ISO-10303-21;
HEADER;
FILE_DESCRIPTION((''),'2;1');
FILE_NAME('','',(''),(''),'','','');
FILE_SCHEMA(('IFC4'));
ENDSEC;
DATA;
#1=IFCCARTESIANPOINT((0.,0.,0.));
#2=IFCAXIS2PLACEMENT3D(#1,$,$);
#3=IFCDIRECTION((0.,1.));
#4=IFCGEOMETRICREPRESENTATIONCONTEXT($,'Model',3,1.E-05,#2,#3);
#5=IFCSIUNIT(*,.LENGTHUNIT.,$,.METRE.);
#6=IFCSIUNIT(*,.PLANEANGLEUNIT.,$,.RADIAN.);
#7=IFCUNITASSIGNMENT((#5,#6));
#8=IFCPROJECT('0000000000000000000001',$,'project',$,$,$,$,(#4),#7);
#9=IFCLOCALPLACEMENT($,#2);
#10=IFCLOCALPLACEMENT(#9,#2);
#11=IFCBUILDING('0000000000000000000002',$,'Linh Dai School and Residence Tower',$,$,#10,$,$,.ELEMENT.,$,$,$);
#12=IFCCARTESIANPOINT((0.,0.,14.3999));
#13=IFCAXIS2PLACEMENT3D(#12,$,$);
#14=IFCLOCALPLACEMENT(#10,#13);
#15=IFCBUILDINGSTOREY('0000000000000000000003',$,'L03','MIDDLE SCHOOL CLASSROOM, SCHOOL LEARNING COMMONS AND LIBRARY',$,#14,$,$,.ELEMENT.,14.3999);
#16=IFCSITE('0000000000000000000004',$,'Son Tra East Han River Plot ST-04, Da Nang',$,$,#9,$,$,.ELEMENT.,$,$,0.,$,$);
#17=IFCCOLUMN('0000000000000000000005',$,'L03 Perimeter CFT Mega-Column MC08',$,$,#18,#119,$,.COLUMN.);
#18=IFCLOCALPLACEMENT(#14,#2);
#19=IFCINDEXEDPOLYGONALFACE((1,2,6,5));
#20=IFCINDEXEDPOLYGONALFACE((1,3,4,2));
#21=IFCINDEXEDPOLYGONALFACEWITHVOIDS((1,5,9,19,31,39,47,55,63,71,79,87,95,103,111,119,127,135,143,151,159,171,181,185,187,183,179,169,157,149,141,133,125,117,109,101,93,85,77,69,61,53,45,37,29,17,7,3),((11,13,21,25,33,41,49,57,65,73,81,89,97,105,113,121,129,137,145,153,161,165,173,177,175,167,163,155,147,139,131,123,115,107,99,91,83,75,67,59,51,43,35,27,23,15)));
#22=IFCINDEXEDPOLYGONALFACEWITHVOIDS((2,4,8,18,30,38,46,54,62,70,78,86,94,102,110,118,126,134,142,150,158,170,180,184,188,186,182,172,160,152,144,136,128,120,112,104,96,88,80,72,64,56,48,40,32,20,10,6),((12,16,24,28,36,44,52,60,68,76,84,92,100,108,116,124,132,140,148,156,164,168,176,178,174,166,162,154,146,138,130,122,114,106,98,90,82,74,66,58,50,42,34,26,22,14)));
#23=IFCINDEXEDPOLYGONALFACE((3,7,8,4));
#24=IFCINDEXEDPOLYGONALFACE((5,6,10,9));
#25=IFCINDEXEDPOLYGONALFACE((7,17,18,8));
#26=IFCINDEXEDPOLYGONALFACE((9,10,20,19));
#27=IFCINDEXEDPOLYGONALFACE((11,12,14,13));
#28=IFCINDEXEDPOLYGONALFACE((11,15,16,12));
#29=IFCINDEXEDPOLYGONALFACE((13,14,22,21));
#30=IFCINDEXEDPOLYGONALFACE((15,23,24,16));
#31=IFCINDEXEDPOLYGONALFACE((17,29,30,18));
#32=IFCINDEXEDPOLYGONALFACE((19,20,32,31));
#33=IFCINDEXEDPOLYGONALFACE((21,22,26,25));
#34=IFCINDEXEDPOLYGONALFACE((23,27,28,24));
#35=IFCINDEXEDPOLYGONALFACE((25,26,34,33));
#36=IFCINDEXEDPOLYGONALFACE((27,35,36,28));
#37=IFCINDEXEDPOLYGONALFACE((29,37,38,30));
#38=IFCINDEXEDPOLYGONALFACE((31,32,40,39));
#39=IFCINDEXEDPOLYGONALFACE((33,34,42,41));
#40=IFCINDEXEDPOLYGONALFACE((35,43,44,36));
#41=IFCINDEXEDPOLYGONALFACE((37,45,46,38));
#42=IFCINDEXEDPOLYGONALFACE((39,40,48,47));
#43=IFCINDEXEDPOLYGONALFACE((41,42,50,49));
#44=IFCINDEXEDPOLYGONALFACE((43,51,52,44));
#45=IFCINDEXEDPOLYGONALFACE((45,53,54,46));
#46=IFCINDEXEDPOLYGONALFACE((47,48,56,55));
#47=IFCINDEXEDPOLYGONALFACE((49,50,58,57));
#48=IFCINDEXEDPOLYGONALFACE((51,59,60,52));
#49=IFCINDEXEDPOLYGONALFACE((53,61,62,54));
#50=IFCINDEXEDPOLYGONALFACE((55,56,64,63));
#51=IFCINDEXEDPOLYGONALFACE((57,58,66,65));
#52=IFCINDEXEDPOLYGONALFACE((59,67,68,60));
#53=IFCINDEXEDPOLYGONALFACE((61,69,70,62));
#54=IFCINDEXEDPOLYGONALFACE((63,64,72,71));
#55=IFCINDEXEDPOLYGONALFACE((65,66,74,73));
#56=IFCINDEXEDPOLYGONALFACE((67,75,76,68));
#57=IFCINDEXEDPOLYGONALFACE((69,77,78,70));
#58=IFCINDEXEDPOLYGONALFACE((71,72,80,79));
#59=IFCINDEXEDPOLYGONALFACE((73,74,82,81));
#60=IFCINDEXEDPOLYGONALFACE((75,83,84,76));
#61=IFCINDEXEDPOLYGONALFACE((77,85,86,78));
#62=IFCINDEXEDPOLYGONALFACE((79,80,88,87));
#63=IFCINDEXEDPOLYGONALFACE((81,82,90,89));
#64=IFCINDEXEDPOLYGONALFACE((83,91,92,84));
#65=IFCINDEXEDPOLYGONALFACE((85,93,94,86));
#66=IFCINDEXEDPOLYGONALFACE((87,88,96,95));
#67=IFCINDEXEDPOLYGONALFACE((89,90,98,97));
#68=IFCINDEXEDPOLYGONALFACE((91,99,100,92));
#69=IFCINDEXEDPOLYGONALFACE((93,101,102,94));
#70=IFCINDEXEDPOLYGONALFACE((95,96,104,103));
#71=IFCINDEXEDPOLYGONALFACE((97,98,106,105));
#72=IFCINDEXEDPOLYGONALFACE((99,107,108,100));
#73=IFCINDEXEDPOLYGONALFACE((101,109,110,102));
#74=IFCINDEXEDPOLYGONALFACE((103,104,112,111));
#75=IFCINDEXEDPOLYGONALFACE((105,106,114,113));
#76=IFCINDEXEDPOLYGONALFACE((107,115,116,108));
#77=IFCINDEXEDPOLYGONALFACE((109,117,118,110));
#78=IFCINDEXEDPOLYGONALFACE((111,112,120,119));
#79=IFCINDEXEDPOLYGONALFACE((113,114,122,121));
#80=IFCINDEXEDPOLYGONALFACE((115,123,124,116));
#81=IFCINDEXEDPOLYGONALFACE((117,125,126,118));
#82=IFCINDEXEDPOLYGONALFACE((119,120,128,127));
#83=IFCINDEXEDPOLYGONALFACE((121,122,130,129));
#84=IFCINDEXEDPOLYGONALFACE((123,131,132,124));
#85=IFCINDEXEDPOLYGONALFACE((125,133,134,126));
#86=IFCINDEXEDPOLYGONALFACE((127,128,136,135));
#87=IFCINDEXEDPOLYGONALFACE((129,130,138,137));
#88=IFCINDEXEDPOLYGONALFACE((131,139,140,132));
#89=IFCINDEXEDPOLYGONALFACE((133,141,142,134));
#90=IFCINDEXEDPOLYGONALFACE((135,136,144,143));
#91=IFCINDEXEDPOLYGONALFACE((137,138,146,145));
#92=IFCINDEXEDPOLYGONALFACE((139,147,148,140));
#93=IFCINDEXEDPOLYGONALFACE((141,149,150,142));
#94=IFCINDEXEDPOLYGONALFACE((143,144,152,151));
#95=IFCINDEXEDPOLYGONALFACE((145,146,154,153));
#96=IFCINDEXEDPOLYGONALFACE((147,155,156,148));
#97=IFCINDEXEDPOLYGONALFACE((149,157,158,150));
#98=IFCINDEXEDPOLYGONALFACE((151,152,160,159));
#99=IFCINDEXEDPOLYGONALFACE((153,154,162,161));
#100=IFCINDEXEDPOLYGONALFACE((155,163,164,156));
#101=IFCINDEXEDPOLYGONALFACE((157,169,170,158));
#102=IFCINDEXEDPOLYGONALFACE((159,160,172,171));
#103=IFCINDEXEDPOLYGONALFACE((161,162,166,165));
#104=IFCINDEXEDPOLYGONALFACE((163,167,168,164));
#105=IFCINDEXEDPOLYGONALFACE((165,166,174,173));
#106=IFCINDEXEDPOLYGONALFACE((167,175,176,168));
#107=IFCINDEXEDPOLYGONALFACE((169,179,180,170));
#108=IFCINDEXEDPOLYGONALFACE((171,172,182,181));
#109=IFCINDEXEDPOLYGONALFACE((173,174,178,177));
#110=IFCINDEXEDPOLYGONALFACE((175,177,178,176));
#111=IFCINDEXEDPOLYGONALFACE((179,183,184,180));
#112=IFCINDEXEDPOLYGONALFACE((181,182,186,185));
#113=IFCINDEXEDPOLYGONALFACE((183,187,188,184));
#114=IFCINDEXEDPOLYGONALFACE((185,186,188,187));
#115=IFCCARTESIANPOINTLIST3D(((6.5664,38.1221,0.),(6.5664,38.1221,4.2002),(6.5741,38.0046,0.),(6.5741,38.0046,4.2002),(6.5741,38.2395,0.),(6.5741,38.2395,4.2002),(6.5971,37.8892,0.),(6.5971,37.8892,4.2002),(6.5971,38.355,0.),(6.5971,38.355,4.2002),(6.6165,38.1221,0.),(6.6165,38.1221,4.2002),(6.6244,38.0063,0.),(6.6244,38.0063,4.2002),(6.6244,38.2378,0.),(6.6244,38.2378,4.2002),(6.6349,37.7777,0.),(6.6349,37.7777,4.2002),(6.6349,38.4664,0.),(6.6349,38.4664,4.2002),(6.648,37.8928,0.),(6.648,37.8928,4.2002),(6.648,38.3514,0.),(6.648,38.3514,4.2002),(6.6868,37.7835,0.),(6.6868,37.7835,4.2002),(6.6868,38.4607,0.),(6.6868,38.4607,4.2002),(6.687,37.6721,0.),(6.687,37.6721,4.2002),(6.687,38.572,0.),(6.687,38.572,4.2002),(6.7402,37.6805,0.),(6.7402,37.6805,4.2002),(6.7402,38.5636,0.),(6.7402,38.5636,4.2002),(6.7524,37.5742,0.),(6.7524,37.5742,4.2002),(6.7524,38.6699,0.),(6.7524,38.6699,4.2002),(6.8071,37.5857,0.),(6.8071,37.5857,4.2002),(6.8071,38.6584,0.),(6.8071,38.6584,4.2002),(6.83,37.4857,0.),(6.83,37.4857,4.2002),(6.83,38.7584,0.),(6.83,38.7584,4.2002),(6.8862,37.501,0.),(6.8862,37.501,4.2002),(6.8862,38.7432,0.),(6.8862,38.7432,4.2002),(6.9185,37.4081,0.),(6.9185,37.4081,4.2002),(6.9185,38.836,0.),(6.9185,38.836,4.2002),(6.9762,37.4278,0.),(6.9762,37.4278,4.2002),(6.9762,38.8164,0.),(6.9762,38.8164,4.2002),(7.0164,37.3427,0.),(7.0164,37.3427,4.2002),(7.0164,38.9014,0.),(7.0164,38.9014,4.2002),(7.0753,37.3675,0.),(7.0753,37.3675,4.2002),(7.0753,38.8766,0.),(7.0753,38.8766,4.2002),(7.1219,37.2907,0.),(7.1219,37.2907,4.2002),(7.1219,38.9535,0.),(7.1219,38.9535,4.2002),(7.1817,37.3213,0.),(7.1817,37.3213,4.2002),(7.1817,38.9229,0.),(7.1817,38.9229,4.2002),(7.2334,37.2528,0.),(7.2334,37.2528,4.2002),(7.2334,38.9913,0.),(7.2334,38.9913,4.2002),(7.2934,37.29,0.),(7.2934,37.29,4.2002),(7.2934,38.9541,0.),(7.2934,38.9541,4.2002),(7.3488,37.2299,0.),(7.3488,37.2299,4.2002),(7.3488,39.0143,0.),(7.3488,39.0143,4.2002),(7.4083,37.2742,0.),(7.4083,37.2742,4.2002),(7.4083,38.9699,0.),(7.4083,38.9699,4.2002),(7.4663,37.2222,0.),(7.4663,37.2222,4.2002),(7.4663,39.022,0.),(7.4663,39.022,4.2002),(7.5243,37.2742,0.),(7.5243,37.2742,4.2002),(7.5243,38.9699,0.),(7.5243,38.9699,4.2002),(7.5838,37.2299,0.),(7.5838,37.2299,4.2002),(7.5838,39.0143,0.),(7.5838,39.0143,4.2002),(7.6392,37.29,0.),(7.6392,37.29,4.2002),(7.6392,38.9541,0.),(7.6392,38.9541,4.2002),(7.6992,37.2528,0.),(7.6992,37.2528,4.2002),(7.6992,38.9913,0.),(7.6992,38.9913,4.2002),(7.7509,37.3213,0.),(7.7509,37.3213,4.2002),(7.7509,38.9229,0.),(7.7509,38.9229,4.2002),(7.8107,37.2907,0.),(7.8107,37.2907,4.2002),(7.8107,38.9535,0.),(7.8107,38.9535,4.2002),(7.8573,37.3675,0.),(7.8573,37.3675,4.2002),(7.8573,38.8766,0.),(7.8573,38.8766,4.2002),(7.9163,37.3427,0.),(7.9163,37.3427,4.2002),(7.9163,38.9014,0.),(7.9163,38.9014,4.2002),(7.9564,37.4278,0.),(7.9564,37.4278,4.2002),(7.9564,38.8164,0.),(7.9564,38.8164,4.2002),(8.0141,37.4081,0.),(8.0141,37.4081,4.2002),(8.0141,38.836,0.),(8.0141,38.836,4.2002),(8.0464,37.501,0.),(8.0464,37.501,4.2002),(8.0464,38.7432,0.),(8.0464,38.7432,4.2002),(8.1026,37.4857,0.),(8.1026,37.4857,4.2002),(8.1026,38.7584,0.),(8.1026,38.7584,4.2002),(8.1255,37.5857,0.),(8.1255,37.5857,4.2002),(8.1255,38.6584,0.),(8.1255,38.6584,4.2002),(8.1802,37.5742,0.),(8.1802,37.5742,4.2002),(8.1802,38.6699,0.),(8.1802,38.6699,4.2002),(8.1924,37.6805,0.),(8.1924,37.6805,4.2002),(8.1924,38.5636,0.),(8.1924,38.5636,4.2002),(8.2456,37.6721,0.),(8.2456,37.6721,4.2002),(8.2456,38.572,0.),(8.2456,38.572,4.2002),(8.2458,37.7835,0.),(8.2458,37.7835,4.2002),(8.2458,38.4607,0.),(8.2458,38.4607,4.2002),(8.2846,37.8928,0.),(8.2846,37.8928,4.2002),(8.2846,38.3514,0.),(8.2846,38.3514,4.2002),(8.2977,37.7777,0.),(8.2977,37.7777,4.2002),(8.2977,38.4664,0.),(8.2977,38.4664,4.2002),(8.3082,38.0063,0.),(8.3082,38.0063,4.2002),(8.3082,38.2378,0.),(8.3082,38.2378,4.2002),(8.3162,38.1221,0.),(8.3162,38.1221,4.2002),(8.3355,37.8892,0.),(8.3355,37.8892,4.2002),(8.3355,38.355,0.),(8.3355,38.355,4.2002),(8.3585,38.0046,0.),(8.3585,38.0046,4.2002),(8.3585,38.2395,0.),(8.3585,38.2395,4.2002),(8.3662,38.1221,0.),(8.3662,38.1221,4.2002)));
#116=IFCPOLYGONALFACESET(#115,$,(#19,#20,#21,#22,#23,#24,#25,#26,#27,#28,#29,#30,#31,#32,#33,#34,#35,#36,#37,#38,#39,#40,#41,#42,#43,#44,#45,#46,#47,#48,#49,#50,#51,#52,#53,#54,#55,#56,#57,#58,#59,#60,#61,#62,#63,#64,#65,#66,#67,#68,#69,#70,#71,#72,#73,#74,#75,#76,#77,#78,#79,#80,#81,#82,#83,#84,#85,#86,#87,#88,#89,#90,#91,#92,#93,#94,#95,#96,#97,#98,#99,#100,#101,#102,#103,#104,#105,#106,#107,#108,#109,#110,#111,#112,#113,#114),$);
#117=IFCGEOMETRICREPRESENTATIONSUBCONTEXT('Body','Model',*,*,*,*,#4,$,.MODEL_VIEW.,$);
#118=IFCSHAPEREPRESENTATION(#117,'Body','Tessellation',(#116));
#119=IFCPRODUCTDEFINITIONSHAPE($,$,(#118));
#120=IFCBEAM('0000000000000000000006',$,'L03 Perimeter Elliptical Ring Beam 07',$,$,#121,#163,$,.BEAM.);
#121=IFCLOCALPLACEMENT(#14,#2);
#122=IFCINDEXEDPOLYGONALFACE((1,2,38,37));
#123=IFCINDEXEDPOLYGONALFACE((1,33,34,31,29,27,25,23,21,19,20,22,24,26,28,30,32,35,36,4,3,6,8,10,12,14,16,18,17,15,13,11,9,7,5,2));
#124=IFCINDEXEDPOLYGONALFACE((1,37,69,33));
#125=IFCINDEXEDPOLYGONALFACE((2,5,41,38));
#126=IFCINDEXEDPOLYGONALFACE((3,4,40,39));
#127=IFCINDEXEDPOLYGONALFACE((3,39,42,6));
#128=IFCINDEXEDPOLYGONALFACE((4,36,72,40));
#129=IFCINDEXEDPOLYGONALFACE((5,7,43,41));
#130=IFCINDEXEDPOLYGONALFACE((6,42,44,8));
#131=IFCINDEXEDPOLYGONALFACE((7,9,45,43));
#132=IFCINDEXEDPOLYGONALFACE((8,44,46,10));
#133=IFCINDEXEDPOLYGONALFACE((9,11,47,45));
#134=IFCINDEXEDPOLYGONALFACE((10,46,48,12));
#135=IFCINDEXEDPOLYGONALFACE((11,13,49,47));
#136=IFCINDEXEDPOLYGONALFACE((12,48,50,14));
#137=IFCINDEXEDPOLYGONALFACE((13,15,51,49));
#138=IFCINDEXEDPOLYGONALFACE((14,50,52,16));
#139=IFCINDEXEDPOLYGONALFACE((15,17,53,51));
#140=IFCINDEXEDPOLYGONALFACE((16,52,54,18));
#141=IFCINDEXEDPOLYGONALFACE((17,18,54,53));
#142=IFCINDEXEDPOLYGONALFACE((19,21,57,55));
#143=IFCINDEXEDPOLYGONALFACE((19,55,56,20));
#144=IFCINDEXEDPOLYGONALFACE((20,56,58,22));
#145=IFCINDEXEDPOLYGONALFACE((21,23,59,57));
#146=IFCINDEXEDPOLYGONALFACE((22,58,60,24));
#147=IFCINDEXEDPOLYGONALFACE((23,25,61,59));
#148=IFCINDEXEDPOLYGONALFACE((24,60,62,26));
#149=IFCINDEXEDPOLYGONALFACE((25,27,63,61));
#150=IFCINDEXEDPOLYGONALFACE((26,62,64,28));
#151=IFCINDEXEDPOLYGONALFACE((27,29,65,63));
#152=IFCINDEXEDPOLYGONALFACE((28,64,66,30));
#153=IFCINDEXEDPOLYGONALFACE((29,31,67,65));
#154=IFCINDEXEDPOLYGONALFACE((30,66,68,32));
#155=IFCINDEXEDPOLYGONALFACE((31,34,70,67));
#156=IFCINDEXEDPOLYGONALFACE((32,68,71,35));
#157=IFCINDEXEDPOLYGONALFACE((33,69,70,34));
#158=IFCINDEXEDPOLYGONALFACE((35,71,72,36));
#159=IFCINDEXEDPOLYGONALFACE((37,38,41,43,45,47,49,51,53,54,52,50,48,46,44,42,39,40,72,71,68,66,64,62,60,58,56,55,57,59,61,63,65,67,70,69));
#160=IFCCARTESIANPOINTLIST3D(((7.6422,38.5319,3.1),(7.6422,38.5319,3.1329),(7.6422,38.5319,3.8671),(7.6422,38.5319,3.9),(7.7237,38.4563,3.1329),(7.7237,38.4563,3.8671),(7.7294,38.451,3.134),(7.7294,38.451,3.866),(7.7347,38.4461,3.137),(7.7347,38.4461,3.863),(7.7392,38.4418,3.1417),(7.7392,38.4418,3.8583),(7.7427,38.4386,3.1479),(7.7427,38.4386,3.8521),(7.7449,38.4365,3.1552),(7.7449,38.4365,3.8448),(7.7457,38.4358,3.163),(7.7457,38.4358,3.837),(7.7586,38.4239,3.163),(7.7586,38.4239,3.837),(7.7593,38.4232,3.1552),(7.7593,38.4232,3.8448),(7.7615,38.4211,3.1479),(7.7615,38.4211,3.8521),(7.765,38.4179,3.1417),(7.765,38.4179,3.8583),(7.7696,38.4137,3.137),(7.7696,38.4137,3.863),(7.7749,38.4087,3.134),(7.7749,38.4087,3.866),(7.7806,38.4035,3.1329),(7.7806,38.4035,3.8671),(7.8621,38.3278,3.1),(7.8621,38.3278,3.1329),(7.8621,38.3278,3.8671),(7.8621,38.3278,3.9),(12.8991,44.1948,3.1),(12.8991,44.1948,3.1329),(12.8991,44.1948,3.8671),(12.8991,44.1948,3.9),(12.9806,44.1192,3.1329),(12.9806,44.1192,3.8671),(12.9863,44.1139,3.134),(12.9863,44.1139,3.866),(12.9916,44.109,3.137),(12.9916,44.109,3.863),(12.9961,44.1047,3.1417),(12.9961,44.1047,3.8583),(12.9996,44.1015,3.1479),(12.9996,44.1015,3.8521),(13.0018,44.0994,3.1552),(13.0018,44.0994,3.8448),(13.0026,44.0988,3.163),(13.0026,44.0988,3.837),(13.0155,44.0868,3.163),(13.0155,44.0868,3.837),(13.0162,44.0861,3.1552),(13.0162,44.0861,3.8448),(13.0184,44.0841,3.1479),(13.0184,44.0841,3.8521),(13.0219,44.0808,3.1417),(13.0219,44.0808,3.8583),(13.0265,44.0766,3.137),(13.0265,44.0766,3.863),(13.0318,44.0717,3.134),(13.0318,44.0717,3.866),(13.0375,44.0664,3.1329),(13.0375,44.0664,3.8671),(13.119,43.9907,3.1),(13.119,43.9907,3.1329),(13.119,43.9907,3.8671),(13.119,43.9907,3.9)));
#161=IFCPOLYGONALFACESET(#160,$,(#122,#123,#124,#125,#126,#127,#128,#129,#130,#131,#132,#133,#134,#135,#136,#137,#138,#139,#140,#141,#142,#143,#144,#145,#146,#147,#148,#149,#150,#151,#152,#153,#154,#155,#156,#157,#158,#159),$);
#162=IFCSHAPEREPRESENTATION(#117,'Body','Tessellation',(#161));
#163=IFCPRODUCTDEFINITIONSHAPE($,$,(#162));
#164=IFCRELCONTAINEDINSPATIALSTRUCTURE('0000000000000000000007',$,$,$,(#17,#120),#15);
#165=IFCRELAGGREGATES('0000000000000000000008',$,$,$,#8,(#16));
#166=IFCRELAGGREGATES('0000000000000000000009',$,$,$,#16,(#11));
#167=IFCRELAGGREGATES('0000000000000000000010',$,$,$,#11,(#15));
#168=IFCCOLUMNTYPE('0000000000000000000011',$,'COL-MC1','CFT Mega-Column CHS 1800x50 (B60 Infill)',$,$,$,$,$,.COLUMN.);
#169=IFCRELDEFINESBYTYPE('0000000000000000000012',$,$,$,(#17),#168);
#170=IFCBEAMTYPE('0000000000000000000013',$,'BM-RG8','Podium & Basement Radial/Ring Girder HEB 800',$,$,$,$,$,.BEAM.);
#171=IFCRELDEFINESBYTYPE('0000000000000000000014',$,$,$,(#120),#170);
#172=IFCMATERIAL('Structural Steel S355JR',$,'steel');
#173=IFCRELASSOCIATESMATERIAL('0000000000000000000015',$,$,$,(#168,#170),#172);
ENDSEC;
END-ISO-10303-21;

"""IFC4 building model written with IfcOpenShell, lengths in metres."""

from ifc_helpers import new_model, si_unit, direction, frame, origin, origin_2d, place, context, subcontext, project, spatial, hollow_circle, i_section, extrude, material, material_profile, profile_set, type_object, element, save


model = new_model("IFC4")

# Units and contexts
model_context = context("Model", 3, precision=1e-05, world=origin(), true_north=direction((0.0, 1.0)))
body_context = subcontext(model_context, "Body", "Model", "MODEL_VIEW")
ifc_project = project(units=[si_unit("LENGTHUNIT", "METRE"), si_unit("PLANEANGLEUNIT", "RADIAN")], contexts=[model_context])

# Site, building, storey
site_placement = place(None, origin())
site = spatial("IfcSite", under=ifc_project, at=site_placement, Name="Son Tra East Han River Plot ST-04, Da Nang", CompositionType="ELEMENT", RefElevation=0.0)
building_placement = place(site_placement, origin())
building = spatial("IfcBuilding", under=site, at=building_placement, Name="Linh Dai School and Residence Tower", CompositionType="ELEMENT")
storey_placement = place(building_placement, frame((0.0, 0.0, 14.3999)))
storey = spatial("IfcBuildingStorey", under=building, at=storey_placement, Name="L03", Description="MIDDLE SCHOOL CLASSROOM, SCHOOL LEARNING COMMONS AND LIBRARY", CompositionType="ELEMENT", Elevation=14.3999)

# Column
ifc_material_1 = material(Name="Structural Steel S355JR", Category="steel")
ifc_material_profile_1 = material_profile(ifc_material_1, hollow_circle(Radius=0.8999, WallThickness=0.05, at=origin_2d()), Name="CHS 1800x50")
ifc_profile_set_1 = profile_set([ifc_material_profile_1], Name="Structural Steel S355JR")
column_type = type_object("IfcColumnType", Name="COL-MC1", Description="CFT Mega-Column CHS 1800x50 (B60 Infill)", PredefinedType="COLUMN", material=ifc_profile_set_1)
for number, where, z_axis, x_axis, name in (
    (1, (7.4663, 38.1221, 0.0), (0.0, 0.0, 1.0), (1.0, 0.0, 0.0), "L03 Perimeter CFT Mega-Column MC08"),
):
    element("IfcColumn", number, at=place(storey_placement, frame(where, z_axis=z_axis, x_axis=x_axis)), inside=storey, type_object=column_type, Name=name, PredefinedType="COLUMN", context=body_context, shape_type="SweptSolid", body=[
        extrude(hollow_circle(Radius=0.8999, WallThickness=0.05, at=origin_2d()), origin(), (0.0, 0.0, 1.0), 4.2002),
    ])

# Beam
ifc_material_profile_2 = material_profile(ifc_material_1, i_section(OverallWidth=0.3, OverallDepth=0.8, WebThickness=0.0176, FlangeThickness=0.033, FilletRadius=0.03, at=origin_2d()), Name="HEB 800")
ifc_profile_set_2 = profile_set([ifc_material_profile_2], Name="Structural Steel S355JR")
beam_type_1 = type_object("IfcBeamType", Name="BM-RG8", Description="Podium & Basement Radial/Ring Girder HEB 800", PredefinedType="BEAM", material=ifc_profile_set_2)
beam_1_placement = place(storey_placement, frame((13.009, 44.0928, 3.5), z_axis=(-0.680346, -0.732891, 0.0), x_axis=(0.732891, -0.680346, 0.0)))
element("IfcBeam", 2, at=beam_1_placement, inside=storey, type_object=beam_type_1, Name="L03 Perimeter Elliptical Ring Beam 07", PredefinedType="BEAM", context=body_context, shape_type="SweptSolid", body=[
    extrude(i_section(OverallWidth=0.3, OverallDepth=0.8, WebThickness=0.0176, FlangeThickness=0.033, FilletRadius=0.03, at=origin_2d()), origin(), (0.0, 0.0, 1.0), 7.7268),
])

save(model, "model.ifc")
